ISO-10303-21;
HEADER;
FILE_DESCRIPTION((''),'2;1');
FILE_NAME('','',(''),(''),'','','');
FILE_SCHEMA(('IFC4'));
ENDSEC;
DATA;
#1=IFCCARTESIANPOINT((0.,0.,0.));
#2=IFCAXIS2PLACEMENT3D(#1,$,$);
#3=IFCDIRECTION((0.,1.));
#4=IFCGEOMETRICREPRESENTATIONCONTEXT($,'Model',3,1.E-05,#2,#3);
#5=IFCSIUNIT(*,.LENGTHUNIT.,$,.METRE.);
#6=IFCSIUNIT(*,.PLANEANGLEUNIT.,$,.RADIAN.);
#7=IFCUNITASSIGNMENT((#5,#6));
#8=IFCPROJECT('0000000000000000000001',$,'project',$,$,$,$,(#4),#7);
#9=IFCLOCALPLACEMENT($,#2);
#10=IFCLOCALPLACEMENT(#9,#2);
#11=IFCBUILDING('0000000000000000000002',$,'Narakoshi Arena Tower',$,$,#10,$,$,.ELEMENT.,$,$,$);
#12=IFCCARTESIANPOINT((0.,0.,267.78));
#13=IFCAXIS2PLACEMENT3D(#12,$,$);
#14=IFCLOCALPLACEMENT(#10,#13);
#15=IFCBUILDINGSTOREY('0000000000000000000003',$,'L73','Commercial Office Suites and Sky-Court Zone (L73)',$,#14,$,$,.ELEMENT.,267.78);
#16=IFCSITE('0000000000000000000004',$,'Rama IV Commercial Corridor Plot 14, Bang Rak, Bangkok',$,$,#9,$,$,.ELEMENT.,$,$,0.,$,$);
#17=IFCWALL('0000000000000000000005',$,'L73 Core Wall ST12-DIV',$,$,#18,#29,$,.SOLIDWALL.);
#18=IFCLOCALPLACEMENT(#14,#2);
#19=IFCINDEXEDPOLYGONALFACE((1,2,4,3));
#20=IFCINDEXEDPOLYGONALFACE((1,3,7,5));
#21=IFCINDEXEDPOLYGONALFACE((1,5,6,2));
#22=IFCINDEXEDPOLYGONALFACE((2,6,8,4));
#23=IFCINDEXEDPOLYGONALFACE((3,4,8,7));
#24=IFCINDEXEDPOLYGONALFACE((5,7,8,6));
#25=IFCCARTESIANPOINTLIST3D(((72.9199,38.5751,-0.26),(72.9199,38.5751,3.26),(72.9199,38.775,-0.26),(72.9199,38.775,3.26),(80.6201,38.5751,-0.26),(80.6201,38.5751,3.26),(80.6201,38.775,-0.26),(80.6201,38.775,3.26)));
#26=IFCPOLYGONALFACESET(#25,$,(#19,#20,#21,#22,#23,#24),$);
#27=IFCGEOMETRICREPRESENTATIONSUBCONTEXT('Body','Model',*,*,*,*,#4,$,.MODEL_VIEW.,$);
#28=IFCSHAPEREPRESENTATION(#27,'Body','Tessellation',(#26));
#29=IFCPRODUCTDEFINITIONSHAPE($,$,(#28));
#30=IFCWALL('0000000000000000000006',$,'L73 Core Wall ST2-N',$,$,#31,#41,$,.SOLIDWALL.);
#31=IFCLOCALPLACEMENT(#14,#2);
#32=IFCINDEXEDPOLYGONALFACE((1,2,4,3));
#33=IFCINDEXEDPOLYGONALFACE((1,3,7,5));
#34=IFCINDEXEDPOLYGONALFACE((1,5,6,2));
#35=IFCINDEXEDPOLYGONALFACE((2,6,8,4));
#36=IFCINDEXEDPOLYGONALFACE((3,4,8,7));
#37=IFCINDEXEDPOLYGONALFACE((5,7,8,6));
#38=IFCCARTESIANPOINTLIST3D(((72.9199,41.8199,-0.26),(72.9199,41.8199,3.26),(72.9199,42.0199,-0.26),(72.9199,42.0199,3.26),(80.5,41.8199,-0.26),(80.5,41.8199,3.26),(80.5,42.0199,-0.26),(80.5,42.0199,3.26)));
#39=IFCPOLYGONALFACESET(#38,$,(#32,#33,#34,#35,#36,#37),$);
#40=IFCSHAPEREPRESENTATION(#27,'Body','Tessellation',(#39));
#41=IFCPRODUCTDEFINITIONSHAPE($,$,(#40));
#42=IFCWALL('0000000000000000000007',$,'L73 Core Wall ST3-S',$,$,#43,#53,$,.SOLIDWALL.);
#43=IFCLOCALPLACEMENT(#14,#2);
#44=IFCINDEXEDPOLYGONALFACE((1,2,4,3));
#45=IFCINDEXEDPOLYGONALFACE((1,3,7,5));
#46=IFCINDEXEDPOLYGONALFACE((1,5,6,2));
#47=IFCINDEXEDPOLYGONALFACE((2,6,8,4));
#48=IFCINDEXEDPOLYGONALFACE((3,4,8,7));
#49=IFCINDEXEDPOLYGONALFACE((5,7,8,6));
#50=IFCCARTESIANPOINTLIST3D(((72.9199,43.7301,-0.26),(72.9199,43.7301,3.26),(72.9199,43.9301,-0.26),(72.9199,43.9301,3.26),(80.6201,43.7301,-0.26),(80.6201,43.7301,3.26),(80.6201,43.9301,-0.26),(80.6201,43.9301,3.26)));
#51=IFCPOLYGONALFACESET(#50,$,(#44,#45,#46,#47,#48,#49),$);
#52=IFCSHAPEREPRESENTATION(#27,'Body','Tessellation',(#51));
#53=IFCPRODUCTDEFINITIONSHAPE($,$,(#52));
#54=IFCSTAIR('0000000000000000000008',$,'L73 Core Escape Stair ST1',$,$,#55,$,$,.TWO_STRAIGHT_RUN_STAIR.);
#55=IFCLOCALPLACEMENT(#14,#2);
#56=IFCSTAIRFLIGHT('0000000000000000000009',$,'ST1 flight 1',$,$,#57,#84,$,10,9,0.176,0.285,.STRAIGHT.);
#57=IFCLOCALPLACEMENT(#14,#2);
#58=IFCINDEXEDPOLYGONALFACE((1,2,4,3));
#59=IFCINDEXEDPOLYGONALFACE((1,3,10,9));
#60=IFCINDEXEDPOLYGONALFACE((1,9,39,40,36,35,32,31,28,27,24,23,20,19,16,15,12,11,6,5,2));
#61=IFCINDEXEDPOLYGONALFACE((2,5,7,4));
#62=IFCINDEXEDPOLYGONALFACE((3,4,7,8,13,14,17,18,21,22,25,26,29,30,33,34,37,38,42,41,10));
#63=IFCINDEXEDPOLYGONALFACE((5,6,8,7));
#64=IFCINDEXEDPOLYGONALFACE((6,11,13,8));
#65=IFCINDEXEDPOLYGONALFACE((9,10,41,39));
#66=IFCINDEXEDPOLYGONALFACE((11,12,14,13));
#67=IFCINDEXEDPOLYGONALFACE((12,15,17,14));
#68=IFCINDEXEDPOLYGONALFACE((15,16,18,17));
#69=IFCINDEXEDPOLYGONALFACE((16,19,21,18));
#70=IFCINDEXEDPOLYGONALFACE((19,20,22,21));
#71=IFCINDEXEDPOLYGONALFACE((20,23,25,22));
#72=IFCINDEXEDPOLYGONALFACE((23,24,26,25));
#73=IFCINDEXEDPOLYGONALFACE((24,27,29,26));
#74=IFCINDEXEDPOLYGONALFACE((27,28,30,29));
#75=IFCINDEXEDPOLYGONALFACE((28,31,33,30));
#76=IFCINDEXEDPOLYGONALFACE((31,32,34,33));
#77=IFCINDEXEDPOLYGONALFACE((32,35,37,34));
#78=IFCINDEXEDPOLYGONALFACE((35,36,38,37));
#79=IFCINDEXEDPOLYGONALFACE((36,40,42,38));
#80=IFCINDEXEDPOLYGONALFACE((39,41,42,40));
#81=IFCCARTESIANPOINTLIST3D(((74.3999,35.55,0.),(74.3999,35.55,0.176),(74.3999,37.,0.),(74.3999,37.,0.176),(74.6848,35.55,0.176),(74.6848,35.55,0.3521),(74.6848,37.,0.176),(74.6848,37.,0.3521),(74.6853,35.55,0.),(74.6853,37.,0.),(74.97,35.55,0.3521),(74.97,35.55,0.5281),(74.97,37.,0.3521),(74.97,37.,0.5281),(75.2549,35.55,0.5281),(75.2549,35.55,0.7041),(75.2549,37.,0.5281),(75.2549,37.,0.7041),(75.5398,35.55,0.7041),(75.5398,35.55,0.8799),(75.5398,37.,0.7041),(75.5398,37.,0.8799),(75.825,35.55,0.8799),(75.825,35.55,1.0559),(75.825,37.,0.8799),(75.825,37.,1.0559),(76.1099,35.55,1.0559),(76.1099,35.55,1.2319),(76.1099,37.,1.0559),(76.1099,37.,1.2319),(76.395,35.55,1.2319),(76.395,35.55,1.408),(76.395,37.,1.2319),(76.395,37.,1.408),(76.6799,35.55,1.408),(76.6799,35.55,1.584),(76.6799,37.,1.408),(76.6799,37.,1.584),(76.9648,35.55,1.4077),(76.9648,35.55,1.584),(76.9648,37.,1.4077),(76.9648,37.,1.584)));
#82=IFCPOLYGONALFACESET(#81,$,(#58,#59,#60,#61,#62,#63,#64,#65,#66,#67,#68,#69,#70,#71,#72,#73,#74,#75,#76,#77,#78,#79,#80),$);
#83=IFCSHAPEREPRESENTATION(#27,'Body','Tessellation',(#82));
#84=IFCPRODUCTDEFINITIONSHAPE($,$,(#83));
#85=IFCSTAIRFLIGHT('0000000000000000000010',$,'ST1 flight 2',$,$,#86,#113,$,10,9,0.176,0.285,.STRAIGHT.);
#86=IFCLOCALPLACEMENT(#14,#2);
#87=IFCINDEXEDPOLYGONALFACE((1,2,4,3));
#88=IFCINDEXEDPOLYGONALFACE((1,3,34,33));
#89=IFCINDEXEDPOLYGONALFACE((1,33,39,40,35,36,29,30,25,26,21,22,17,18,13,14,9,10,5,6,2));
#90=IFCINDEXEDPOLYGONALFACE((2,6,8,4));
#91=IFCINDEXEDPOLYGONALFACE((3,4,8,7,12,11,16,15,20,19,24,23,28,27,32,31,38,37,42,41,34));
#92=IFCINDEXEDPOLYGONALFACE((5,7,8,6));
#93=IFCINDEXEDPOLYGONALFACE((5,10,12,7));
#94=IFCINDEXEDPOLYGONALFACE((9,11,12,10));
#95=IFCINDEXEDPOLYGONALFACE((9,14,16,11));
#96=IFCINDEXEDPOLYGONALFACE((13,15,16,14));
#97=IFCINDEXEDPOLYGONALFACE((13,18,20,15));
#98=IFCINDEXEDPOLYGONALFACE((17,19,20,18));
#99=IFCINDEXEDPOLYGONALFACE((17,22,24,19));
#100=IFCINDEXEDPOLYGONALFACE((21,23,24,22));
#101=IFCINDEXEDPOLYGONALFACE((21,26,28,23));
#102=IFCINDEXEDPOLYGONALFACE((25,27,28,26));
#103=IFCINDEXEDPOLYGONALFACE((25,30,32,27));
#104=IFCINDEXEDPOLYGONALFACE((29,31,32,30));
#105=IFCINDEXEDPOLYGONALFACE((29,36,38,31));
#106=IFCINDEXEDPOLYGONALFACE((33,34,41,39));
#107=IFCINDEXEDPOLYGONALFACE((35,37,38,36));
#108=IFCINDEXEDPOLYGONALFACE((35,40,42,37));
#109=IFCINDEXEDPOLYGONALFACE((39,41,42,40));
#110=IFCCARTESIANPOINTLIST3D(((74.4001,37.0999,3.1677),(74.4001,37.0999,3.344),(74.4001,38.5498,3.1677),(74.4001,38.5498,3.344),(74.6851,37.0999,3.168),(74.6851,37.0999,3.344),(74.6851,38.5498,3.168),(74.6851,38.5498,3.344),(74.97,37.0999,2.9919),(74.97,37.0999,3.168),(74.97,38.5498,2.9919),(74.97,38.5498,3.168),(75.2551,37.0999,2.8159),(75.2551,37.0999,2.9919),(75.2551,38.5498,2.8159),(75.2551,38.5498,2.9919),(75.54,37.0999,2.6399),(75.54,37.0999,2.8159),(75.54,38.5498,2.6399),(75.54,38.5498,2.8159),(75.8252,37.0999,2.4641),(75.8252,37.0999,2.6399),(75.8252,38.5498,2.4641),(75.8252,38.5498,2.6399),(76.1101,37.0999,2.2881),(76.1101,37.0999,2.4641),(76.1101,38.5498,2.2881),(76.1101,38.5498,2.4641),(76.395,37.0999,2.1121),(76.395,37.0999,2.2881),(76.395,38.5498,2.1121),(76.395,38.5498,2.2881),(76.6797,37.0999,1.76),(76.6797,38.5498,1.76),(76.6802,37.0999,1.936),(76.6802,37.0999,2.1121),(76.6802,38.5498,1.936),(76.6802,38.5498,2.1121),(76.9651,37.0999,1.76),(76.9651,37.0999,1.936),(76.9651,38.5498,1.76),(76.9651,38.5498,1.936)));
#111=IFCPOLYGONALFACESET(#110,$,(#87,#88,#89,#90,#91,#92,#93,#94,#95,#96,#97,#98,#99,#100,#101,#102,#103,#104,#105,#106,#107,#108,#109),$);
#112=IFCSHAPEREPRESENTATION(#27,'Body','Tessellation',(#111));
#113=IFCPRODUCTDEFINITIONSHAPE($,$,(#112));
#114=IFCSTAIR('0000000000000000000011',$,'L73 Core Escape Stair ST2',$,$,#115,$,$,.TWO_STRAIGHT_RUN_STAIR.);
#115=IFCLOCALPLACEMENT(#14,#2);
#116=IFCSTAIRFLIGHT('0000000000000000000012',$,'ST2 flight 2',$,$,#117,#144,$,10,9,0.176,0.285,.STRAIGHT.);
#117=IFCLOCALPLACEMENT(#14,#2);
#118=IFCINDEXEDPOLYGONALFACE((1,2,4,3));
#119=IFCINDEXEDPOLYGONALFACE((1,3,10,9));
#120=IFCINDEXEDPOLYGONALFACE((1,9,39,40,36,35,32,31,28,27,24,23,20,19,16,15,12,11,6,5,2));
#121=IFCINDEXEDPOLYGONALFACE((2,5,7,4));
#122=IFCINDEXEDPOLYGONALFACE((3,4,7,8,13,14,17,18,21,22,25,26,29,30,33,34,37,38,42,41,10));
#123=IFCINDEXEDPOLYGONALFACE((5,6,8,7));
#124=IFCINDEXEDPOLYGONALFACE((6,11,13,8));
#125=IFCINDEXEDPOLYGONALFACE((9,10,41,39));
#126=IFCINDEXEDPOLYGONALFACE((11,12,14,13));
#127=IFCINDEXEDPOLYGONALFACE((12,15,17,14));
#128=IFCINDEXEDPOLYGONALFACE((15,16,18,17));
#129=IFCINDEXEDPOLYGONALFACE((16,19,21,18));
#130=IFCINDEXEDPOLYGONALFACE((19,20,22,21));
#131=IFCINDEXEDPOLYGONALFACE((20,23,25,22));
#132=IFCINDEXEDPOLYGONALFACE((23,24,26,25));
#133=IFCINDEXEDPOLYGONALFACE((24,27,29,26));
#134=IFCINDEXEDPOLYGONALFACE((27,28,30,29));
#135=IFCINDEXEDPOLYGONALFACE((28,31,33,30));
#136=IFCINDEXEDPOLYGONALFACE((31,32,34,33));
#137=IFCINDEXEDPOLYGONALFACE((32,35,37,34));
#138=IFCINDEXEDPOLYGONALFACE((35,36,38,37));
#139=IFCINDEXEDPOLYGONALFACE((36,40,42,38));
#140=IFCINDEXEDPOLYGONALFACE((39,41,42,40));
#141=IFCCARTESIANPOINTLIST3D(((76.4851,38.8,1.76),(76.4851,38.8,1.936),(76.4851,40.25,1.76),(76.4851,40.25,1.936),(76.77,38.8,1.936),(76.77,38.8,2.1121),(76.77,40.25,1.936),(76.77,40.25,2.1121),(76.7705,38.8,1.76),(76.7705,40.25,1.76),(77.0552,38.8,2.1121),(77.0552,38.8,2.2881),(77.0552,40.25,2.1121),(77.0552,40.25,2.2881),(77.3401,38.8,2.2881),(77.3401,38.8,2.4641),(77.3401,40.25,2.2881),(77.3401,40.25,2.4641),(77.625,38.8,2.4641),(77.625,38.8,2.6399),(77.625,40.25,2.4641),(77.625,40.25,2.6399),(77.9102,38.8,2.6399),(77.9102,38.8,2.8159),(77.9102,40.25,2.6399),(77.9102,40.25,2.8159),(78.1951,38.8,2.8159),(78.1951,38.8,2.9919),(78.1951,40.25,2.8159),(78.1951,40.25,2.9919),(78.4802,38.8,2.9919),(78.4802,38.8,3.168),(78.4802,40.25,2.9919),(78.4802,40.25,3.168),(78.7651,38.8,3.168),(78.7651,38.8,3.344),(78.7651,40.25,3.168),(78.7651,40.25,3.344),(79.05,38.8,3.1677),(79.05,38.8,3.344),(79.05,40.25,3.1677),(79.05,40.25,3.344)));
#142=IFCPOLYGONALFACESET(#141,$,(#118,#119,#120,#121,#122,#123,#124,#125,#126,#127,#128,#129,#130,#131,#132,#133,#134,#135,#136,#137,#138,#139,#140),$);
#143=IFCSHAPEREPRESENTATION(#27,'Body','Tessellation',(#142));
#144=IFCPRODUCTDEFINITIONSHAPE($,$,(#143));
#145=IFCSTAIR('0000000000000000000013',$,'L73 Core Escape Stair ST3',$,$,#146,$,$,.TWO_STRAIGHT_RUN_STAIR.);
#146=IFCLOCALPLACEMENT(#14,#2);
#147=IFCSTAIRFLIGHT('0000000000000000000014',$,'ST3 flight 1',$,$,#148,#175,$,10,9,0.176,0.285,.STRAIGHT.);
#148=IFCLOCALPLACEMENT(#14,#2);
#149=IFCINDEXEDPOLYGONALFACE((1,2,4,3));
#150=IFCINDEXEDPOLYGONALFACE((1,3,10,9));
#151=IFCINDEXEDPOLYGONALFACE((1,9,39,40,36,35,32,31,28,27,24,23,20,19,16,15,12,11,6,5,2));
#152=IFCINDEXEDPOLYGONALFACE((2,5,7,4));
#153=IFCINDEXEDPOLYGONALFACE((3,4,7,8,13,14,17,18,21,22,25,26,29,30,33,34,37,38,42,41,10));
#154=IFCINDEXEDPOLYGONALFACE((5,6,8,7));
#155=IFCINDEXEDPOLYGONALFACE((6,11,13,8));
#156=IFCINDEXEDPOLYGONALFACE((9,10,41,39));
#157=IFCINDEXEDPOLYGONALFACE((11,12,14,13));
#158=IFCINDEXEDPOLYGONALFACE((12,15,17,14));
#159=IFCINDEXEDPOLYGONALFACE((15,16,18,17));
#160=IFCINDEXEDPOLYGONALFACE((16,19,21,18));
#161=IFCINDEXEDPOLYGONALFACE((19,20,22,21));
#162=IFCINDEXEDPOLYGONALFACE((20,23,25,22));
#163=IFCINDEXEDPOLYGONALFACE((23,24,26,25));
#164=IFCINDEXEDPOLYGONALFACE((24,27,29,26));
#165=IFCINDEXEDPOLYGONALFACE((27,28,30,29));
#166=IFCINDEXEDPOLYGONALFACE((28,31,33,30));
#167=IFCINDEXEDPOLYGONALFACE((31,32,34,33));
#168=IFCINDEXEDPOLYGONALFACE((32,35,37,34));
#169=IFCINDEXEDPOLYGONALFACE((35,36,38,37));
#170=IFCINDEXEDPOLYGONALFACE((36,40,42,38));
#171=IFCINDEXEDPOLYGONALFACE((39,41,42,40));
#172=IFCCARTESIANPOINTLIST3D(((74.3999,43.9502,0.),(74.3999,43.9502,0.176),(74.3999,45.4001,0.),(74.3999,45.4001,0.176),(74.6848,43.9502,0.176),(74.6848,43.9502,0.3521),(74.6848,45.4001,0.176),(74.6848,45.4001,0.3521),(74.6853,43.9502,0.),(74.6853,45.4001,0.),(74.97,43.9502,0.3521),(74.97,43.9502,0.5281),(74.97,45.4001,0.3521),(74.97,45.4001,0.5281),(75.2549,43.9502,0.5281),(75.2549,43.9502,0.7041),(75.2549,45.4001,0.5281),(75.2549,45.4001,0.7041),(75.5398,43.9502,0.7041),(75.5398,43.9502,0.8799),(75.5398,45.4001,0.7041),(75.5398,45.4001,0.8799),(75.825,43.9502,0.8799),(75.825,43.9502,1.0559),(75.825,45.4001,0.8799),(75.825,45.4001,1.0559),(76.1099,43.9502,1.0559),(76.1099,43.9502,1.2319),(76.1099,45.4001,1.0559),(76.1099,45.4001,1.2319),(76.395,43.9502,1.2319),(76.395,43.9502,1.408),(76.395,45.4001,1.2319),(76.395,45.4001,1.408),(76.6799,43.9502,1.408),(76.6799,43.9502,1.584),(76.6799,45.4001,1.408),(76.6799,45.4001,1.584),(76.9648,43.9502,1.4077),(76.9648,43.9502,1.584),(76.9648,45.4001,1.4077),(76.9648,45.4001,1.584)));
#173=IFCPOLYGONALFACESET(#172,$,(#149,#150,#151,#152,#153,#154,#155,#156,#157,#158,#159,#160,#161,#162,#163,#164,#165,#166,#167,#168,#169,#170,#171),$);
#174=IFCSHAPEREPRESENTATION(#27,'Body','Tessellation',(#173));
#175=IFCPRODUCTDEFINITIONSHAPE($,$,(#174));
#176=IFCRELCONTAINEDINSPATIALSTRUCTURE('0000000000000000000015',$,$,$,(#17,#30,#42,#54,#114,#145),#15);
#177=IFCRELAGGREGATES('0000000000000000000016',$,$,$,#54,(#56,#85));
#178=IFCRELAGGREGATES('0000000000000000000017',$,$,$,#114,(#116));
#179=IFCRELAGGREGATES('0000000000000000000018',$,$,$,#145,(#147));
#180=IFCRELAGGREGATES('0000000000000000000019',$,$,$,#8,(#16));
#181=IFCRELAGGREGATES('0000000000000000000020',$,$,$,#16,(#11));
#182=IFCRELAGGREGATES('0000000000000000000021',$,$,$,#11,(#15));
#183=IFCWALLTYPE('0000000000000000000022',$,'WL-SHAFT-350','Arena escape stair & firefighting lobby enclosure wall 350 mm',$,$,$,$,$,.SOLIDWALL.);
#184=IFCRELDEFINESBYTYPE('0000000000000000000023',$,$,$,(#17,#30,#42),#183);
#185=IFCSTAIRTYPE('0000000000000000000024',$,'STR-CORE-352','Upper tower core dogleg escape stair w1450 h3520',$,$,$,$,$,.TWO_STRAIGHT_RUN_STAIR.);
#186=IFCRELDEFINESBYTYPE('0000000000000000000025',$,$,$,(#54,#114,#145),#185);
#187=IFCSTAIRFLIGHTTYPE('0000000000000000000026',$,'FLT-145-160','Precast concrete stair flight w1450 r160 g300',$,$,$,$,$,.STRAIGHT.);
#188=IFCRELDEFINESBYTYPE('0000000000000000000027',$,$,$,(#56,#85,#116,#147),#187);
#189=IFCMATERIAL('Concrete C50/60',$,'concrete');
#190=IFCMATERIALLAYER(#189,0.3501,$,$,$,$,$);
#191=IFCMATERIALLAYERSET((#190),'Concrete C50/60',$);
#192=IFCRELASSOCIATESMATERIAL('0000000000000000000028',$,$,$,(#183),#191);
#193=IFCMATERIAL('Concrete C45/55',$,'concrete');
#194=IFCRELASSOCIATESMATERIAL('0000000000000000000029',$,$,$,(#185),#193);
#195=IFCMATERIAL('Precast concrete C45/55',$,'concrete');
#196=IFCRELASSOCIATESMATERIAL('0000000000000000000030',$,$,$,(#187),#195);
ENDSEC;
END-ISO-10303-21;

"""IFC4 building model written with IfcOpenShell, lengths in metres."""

from ifc_helpers import new_model, si_unit, direction, frame, frame_2d, origin, place, context, subcontext, project, spatial, polyline, rectangle, outline, extrude, material, layer, layer_set, type_object, element, aggregate, save


model = new_model("IFC4")

# Units and contexts
model_context = context("Model", 3, precision=1e-05, world=origin(), true_north=direction((0.0, 1.0)))
body_context = subcontext(model_context, "Body", "Model", "MODEL_VIEW")
ifc_project = project(units=[si_unit("LENGTHUNIT", "METRE"), si_unit("PLANEANGLEUNIT", "RADIAN")], contexts=[model_context])

# Site, building, storey
site_placement = place(None, origin())
site = spatial("IfcSite", under=ifc_project, at=site_placement, Name="Rama IV Commercial Corridor Plot 14, Bang Rak, Bangkok", CompositionType="ELEMENT", RefElevation=0.0)
building_placement = place(site_placement, origin())
building = spatial("IfcBuilding", under=site, at=building_placement, Name="Narakoshi Arena Tower", CompositionType="ELEMENT")
storey_placement = place(building_placement, frame((0.0, 0.0, 267.78)))
storey = spatial("IfcBuildingStorey", under=building, at=storey_placement, Name="L73", Description="Commercial Office Suites and Sky-Court Zone (L73)", CompositionType="ELEMENT", Elevation=267.78)

# Shared definitions
ifc_material_1 = material(Name="Concrete C50/60", Category="concrete")

# Shared definitions
ifc_material_2 = material(Name="Precast concrete C45/55", Category="concrete")

# Walls
ifc_layer_1 = layer(ifc_material_1, 0.3501)
ifc_layer_set_1 = layer_set([ifc_layer_1], Name="Concrete C50/60")
wall_type_1 = type_object("IfcWallType", Name="WL-SHAFT-350", Description="Arena escape stair & firefighting lobby enclosure wall 350 mm", PredefinedType="SOLIDWALL", material=ifc_layer_set_1)
for number, where, z_axis, x_axis, name in (
    (1, (72.9199, 38.675, -0.26), (0.0, 0.0, 1.0), (1.0, 0.0, 0.0), "L73 Core Wall ST12-DIV"),
):
    element("IfcWall", number, at=place(storey_placement, frame(where, z_axis=z_axis, x_axis=x_axis)), inside=storey, type_object=wall_type_1, Name=name, PredefinedType="SOLIDWALL", context=body_context, shape_type="SweptSolid", body=[
        extrude(rectangle(XDim=7.7002, YDim=0.2, at=frame_2d((3.8501, 0.0))), origin(), (0.0, 0.0, 1.0), 3.52),
    ])
wall_1_placement = place(storey_placement, frame((72.9199, 41.9199, -0.26), z_axis=(0.0, 0.0, 1.0), x_axis=(1.0, 0.0, 0.0)))
element("IfcWall", 2, at=wall_1_placement, inside=storey, type_object=wall_type_1, Name="L73 Core Wall ST2-N", PredefinedType="SOLIDWALL", context=body_context, shape_type="SweptSolid", body=[
    extrude(rectangle(XDim=7.5801, YDim=0.2, at=frame_2d((3.79, 0.0))), origin(), (0.0, 0.0, 1.0), 3.52),
])
wall_2_placement = place(storey_placement, frame((72.9199, 43.8301, -0.26), z_axis=(0.0, 0.0, 1.0), x_axis=(1.0, 0.0, 0.0)))
element("IfcWall", 3, at=wall_2_placement, inside=storey, type_object=wall_type_1, Name="L73 Core Wall ST3-S", PredefinedType="SOLIDWALL", context=body_context, shape_type="SweptSolid", body=[
    extrude(rectangle(XDim=7.7002, YDim=0.2, at=frame_2d((3.8501, 0.0))), origin(), (0.0, 0.0, 1.0), 3.52),
])

# Stair, stair flights
ifc_material_3 = material(Name="Concrete C45/55", Category="concrete")
stair_type = type_object("IfcStairType", Name="STR-CORE-352", Description="Upper tower core dogleg escape stair w1450 h3520", PredefinedType="TWO_STRAIGHT_RUN_STAIR", material=ifc_material_3)
stair_1_placement = place(storey_placement, origin())
stair_1 = element("IfcStair", 4, at=stair_1_placement, inside=storey, type_object=stair_type, Name="L73 Core Escape Stair ST1", PredefinedType="TWO_STRAIGHT_RUN_STAIR")
stair_flight_type = type_object("IfcStairFlightType", Name="FLT-145-160", Description="Precast concrete stair flight w1450 r160 g300", PredefinedType="STRAIGHT", material=ifc_material_2)
stair_flight_1_placement = place(storey_placement, frame((74.3999, 36.2749, 0.0), z_axis=(0.0, 0.0, 1.0), x_axis=(1.0, 0.0, 0.0)))
stair_flight_1 = element("IfcStairFlight", 5, at=stair_flight_1_placement, type_object=stair_flight_type, Name="ST1 flight 1", NumberOfRisers=10, NumberOfTreads=9, PredefinedType="STRAIGHT", RiserHeight=0.176, TreadLength=0.285, context=body_context, shape_type="SweptSolid", body=[
    extrude(outline(polyline([(0.0, 0.0), (0.0, 0.176), (0.2849, 0.176), (0.2849, 0.3521), (0.5701, 0.3521), (0.5701, 0.5281), (0.855, 0.5281), (0.855, 0.7041), (1.1399, 0.7041), (1.1399, 0.8799), (1.425, 0.8799), (1.425, 1.0559), (1.71, 1.0559), (1.71, 1.2319), (1.9951, 1.2319), (1.9951, 1.408), (2.28, 1.408), (2.28, 1.584), (2.5649, 1.584), (2.5649, 1.76), (2.5649, 1.4077), (0.2854, 0.0), (0.0, 0.0)])), frame((0.0, 0.7251, 0.0), z_axis=(0.0, -1.0, 0.0), x_axis=(1.0, 0.0, 0.0)), (0.0, 0.0, 1.0), 1.45),
])
stair_flight_2_placement = place(storey_placement, frame((76.9651, 37.825, 1.76), z_axis=(0.0, 0.0, 1.0), x_axis=(-1.0, 0.0, 0.0)))
stair_flight_2 = element("IfcStairFlight", 6, at=stair_flight_2_placement, type_object=stair_flight_type, Name="ST1 flight 2", NumberOfRisers=10, NumberOfTreads=9, PredefinedType="STRAIGHT", RiserHeight=0.176, TreadLength=0.285, context=body_context, shape_type="SweptSolid", body=[
    extrude(outline(polyline([(0.0, 0.0), (0.0, 0.176), (0.2849, 0.176), (0.2849, 0.3521), (0.5701, 0.3521), (0.5701, 0.5281), (0.855, 0.5281), (0.855, 0.7041), (1.1399, 0.7041), (1.1399, 0.8799), (1.425, 0.8799), (1.425, 1.0559), (1.71, 1.0559), (1.71, 1.2319), (1.9951, 1.2319), (1.9951, 1.408), (2.28, 1.408), (2.28, 1.584), (2.5649, 1.584), (2.5649, 1.76), (2.5649, 1.4077), (0.2854, 0.0), (0.0, 0.0)])), frame((0.0, 0.7251, 0.0), z_axis=(0.0, -1.0, 0.0), x_axis=(1.0, 0.0, 0.0)), (0.0, 0.0, 1.0), 1.45),
])
aggregate(stair_1, [stair_flight_1, stair_flight_2])

# Stairs, stair flights
stair_2_placement = place(storey_placement, origin())
stair_2 = element("IfcStair", 7, at=stair_2_placement, inside=storey, type_object=stair_type, Name="L73 Core Escape Stair ST2", PredefinedType="TWO_STRAIGHT_RUN_STAIR")
stair_flight_3_placement = place(storey_placement, frame((76.4851, 39.5249, 1.76), z_axis=(0.0, 0.0, 1.0), x_axis=(1.0, 0.0, 0.0)))
stair_flight_3 = element("IfcStairFlight", 8, at=stair_flight_3_placement, type_object=stair_flight_type, Name="ST2 flight 2", NumberOfRisers=10, NumberOfTreads=9, PredefinedType="STRAIGHT", RiserHeight=0.176, TreadLength=0.285, context=body_context, shape_type="SweptSolid", body=[
    extrude(outline(polyline([(0.0, 0.0), (0.0, 0.176), (0.2849, 0.176), (0.2849, 0.3521), (0.5701, 0.3521), (0.5701, 0.5281), (0.855, 0.5281), (0.855, 0.7041), (1.1399, 0.7041), (1.1399, 0.8799), (1.425, 0.8799), (1.425, 1.0559), (1.71, 1.0559), (1.71, 1.2319), (1.9951, 1.2319), (1.9951, 1.408), (2.28, 1.408), (2.28, 1.584), (2.5649, 1.584), (2.5649, 1.76), (2.5649, 1.4077), (0.2854, 0.0), (0.0, 0.0)])), frame((0.0, 0.7251, 0.0), z_axis=(0.0, -1.0, 0.0), x_axis=(1.0, 0.0, 0.0)), (0.0, 0.0, 1.0), 1.45),
])
aggregate(stair_2, [stair_flight_3])
stair_3_placement = place(storey_placement, origin())
stair_3 = element("IfcStair", 9, at=stair_3_placement, inside=storey, type_object=stair_type, Name="L73 Core Escape Stair ST3", PredefinedType="TWO_STRAIGHT_RUN_STAIR")
stair_flight_4_placement = place(storey_placement, frame((74.3999, 44.675, 0.0), z_axis=(0.0, 0.0, 1.0), x_axis=(1.0, 0.0, 0.0)))
stair_flight_4 = element("IfcStairFlight", 10, at=stair_flight_4_placement, type_object=stair_flight_type, Name="ST3 flight 1", NumberOfRisers=10, NumberOfTreads=9, PredefinedType="STRAIGHT", RiserHeight=0.176, TreadLength=0.285, context=body_context, shape_type="SweptSolid", body=[
    extrude(outline(polyline([(0.0, 0.0), (0.0, 0.176), (0.2849, 0.176), (0.2849, 0.3521), (0.5701, 0.3521), (0.5701, 0.5281), (0.855, 0.5281), (0.855, 0.7041), (1.1399, 0.7041), (1.1399, 0.8799), (1.425, 0.8799), (1.425, 1.0559), (1.71, 1.0559), (1.71, 1.2319), (1.9951, 1.2319), (1.9951, 1.408), (2.28, 1.408), (2.28, 1.584), (2.5649, 1.584), (2.5649, 1.76), (2.5649, 1.4077), (0.2854, 0.0), (0.0, 0.0)])), frame((0.0, 0.7251, 0.0), z_axis=(0.0, -1.0, 0.0), x_axis=(1.0, 0.0, 0.0)), (0.0, 0.0, 1.0), 1.45),
])
aggregate(stair_3, [stair_flight_4])

save(model, "model.ifc")
